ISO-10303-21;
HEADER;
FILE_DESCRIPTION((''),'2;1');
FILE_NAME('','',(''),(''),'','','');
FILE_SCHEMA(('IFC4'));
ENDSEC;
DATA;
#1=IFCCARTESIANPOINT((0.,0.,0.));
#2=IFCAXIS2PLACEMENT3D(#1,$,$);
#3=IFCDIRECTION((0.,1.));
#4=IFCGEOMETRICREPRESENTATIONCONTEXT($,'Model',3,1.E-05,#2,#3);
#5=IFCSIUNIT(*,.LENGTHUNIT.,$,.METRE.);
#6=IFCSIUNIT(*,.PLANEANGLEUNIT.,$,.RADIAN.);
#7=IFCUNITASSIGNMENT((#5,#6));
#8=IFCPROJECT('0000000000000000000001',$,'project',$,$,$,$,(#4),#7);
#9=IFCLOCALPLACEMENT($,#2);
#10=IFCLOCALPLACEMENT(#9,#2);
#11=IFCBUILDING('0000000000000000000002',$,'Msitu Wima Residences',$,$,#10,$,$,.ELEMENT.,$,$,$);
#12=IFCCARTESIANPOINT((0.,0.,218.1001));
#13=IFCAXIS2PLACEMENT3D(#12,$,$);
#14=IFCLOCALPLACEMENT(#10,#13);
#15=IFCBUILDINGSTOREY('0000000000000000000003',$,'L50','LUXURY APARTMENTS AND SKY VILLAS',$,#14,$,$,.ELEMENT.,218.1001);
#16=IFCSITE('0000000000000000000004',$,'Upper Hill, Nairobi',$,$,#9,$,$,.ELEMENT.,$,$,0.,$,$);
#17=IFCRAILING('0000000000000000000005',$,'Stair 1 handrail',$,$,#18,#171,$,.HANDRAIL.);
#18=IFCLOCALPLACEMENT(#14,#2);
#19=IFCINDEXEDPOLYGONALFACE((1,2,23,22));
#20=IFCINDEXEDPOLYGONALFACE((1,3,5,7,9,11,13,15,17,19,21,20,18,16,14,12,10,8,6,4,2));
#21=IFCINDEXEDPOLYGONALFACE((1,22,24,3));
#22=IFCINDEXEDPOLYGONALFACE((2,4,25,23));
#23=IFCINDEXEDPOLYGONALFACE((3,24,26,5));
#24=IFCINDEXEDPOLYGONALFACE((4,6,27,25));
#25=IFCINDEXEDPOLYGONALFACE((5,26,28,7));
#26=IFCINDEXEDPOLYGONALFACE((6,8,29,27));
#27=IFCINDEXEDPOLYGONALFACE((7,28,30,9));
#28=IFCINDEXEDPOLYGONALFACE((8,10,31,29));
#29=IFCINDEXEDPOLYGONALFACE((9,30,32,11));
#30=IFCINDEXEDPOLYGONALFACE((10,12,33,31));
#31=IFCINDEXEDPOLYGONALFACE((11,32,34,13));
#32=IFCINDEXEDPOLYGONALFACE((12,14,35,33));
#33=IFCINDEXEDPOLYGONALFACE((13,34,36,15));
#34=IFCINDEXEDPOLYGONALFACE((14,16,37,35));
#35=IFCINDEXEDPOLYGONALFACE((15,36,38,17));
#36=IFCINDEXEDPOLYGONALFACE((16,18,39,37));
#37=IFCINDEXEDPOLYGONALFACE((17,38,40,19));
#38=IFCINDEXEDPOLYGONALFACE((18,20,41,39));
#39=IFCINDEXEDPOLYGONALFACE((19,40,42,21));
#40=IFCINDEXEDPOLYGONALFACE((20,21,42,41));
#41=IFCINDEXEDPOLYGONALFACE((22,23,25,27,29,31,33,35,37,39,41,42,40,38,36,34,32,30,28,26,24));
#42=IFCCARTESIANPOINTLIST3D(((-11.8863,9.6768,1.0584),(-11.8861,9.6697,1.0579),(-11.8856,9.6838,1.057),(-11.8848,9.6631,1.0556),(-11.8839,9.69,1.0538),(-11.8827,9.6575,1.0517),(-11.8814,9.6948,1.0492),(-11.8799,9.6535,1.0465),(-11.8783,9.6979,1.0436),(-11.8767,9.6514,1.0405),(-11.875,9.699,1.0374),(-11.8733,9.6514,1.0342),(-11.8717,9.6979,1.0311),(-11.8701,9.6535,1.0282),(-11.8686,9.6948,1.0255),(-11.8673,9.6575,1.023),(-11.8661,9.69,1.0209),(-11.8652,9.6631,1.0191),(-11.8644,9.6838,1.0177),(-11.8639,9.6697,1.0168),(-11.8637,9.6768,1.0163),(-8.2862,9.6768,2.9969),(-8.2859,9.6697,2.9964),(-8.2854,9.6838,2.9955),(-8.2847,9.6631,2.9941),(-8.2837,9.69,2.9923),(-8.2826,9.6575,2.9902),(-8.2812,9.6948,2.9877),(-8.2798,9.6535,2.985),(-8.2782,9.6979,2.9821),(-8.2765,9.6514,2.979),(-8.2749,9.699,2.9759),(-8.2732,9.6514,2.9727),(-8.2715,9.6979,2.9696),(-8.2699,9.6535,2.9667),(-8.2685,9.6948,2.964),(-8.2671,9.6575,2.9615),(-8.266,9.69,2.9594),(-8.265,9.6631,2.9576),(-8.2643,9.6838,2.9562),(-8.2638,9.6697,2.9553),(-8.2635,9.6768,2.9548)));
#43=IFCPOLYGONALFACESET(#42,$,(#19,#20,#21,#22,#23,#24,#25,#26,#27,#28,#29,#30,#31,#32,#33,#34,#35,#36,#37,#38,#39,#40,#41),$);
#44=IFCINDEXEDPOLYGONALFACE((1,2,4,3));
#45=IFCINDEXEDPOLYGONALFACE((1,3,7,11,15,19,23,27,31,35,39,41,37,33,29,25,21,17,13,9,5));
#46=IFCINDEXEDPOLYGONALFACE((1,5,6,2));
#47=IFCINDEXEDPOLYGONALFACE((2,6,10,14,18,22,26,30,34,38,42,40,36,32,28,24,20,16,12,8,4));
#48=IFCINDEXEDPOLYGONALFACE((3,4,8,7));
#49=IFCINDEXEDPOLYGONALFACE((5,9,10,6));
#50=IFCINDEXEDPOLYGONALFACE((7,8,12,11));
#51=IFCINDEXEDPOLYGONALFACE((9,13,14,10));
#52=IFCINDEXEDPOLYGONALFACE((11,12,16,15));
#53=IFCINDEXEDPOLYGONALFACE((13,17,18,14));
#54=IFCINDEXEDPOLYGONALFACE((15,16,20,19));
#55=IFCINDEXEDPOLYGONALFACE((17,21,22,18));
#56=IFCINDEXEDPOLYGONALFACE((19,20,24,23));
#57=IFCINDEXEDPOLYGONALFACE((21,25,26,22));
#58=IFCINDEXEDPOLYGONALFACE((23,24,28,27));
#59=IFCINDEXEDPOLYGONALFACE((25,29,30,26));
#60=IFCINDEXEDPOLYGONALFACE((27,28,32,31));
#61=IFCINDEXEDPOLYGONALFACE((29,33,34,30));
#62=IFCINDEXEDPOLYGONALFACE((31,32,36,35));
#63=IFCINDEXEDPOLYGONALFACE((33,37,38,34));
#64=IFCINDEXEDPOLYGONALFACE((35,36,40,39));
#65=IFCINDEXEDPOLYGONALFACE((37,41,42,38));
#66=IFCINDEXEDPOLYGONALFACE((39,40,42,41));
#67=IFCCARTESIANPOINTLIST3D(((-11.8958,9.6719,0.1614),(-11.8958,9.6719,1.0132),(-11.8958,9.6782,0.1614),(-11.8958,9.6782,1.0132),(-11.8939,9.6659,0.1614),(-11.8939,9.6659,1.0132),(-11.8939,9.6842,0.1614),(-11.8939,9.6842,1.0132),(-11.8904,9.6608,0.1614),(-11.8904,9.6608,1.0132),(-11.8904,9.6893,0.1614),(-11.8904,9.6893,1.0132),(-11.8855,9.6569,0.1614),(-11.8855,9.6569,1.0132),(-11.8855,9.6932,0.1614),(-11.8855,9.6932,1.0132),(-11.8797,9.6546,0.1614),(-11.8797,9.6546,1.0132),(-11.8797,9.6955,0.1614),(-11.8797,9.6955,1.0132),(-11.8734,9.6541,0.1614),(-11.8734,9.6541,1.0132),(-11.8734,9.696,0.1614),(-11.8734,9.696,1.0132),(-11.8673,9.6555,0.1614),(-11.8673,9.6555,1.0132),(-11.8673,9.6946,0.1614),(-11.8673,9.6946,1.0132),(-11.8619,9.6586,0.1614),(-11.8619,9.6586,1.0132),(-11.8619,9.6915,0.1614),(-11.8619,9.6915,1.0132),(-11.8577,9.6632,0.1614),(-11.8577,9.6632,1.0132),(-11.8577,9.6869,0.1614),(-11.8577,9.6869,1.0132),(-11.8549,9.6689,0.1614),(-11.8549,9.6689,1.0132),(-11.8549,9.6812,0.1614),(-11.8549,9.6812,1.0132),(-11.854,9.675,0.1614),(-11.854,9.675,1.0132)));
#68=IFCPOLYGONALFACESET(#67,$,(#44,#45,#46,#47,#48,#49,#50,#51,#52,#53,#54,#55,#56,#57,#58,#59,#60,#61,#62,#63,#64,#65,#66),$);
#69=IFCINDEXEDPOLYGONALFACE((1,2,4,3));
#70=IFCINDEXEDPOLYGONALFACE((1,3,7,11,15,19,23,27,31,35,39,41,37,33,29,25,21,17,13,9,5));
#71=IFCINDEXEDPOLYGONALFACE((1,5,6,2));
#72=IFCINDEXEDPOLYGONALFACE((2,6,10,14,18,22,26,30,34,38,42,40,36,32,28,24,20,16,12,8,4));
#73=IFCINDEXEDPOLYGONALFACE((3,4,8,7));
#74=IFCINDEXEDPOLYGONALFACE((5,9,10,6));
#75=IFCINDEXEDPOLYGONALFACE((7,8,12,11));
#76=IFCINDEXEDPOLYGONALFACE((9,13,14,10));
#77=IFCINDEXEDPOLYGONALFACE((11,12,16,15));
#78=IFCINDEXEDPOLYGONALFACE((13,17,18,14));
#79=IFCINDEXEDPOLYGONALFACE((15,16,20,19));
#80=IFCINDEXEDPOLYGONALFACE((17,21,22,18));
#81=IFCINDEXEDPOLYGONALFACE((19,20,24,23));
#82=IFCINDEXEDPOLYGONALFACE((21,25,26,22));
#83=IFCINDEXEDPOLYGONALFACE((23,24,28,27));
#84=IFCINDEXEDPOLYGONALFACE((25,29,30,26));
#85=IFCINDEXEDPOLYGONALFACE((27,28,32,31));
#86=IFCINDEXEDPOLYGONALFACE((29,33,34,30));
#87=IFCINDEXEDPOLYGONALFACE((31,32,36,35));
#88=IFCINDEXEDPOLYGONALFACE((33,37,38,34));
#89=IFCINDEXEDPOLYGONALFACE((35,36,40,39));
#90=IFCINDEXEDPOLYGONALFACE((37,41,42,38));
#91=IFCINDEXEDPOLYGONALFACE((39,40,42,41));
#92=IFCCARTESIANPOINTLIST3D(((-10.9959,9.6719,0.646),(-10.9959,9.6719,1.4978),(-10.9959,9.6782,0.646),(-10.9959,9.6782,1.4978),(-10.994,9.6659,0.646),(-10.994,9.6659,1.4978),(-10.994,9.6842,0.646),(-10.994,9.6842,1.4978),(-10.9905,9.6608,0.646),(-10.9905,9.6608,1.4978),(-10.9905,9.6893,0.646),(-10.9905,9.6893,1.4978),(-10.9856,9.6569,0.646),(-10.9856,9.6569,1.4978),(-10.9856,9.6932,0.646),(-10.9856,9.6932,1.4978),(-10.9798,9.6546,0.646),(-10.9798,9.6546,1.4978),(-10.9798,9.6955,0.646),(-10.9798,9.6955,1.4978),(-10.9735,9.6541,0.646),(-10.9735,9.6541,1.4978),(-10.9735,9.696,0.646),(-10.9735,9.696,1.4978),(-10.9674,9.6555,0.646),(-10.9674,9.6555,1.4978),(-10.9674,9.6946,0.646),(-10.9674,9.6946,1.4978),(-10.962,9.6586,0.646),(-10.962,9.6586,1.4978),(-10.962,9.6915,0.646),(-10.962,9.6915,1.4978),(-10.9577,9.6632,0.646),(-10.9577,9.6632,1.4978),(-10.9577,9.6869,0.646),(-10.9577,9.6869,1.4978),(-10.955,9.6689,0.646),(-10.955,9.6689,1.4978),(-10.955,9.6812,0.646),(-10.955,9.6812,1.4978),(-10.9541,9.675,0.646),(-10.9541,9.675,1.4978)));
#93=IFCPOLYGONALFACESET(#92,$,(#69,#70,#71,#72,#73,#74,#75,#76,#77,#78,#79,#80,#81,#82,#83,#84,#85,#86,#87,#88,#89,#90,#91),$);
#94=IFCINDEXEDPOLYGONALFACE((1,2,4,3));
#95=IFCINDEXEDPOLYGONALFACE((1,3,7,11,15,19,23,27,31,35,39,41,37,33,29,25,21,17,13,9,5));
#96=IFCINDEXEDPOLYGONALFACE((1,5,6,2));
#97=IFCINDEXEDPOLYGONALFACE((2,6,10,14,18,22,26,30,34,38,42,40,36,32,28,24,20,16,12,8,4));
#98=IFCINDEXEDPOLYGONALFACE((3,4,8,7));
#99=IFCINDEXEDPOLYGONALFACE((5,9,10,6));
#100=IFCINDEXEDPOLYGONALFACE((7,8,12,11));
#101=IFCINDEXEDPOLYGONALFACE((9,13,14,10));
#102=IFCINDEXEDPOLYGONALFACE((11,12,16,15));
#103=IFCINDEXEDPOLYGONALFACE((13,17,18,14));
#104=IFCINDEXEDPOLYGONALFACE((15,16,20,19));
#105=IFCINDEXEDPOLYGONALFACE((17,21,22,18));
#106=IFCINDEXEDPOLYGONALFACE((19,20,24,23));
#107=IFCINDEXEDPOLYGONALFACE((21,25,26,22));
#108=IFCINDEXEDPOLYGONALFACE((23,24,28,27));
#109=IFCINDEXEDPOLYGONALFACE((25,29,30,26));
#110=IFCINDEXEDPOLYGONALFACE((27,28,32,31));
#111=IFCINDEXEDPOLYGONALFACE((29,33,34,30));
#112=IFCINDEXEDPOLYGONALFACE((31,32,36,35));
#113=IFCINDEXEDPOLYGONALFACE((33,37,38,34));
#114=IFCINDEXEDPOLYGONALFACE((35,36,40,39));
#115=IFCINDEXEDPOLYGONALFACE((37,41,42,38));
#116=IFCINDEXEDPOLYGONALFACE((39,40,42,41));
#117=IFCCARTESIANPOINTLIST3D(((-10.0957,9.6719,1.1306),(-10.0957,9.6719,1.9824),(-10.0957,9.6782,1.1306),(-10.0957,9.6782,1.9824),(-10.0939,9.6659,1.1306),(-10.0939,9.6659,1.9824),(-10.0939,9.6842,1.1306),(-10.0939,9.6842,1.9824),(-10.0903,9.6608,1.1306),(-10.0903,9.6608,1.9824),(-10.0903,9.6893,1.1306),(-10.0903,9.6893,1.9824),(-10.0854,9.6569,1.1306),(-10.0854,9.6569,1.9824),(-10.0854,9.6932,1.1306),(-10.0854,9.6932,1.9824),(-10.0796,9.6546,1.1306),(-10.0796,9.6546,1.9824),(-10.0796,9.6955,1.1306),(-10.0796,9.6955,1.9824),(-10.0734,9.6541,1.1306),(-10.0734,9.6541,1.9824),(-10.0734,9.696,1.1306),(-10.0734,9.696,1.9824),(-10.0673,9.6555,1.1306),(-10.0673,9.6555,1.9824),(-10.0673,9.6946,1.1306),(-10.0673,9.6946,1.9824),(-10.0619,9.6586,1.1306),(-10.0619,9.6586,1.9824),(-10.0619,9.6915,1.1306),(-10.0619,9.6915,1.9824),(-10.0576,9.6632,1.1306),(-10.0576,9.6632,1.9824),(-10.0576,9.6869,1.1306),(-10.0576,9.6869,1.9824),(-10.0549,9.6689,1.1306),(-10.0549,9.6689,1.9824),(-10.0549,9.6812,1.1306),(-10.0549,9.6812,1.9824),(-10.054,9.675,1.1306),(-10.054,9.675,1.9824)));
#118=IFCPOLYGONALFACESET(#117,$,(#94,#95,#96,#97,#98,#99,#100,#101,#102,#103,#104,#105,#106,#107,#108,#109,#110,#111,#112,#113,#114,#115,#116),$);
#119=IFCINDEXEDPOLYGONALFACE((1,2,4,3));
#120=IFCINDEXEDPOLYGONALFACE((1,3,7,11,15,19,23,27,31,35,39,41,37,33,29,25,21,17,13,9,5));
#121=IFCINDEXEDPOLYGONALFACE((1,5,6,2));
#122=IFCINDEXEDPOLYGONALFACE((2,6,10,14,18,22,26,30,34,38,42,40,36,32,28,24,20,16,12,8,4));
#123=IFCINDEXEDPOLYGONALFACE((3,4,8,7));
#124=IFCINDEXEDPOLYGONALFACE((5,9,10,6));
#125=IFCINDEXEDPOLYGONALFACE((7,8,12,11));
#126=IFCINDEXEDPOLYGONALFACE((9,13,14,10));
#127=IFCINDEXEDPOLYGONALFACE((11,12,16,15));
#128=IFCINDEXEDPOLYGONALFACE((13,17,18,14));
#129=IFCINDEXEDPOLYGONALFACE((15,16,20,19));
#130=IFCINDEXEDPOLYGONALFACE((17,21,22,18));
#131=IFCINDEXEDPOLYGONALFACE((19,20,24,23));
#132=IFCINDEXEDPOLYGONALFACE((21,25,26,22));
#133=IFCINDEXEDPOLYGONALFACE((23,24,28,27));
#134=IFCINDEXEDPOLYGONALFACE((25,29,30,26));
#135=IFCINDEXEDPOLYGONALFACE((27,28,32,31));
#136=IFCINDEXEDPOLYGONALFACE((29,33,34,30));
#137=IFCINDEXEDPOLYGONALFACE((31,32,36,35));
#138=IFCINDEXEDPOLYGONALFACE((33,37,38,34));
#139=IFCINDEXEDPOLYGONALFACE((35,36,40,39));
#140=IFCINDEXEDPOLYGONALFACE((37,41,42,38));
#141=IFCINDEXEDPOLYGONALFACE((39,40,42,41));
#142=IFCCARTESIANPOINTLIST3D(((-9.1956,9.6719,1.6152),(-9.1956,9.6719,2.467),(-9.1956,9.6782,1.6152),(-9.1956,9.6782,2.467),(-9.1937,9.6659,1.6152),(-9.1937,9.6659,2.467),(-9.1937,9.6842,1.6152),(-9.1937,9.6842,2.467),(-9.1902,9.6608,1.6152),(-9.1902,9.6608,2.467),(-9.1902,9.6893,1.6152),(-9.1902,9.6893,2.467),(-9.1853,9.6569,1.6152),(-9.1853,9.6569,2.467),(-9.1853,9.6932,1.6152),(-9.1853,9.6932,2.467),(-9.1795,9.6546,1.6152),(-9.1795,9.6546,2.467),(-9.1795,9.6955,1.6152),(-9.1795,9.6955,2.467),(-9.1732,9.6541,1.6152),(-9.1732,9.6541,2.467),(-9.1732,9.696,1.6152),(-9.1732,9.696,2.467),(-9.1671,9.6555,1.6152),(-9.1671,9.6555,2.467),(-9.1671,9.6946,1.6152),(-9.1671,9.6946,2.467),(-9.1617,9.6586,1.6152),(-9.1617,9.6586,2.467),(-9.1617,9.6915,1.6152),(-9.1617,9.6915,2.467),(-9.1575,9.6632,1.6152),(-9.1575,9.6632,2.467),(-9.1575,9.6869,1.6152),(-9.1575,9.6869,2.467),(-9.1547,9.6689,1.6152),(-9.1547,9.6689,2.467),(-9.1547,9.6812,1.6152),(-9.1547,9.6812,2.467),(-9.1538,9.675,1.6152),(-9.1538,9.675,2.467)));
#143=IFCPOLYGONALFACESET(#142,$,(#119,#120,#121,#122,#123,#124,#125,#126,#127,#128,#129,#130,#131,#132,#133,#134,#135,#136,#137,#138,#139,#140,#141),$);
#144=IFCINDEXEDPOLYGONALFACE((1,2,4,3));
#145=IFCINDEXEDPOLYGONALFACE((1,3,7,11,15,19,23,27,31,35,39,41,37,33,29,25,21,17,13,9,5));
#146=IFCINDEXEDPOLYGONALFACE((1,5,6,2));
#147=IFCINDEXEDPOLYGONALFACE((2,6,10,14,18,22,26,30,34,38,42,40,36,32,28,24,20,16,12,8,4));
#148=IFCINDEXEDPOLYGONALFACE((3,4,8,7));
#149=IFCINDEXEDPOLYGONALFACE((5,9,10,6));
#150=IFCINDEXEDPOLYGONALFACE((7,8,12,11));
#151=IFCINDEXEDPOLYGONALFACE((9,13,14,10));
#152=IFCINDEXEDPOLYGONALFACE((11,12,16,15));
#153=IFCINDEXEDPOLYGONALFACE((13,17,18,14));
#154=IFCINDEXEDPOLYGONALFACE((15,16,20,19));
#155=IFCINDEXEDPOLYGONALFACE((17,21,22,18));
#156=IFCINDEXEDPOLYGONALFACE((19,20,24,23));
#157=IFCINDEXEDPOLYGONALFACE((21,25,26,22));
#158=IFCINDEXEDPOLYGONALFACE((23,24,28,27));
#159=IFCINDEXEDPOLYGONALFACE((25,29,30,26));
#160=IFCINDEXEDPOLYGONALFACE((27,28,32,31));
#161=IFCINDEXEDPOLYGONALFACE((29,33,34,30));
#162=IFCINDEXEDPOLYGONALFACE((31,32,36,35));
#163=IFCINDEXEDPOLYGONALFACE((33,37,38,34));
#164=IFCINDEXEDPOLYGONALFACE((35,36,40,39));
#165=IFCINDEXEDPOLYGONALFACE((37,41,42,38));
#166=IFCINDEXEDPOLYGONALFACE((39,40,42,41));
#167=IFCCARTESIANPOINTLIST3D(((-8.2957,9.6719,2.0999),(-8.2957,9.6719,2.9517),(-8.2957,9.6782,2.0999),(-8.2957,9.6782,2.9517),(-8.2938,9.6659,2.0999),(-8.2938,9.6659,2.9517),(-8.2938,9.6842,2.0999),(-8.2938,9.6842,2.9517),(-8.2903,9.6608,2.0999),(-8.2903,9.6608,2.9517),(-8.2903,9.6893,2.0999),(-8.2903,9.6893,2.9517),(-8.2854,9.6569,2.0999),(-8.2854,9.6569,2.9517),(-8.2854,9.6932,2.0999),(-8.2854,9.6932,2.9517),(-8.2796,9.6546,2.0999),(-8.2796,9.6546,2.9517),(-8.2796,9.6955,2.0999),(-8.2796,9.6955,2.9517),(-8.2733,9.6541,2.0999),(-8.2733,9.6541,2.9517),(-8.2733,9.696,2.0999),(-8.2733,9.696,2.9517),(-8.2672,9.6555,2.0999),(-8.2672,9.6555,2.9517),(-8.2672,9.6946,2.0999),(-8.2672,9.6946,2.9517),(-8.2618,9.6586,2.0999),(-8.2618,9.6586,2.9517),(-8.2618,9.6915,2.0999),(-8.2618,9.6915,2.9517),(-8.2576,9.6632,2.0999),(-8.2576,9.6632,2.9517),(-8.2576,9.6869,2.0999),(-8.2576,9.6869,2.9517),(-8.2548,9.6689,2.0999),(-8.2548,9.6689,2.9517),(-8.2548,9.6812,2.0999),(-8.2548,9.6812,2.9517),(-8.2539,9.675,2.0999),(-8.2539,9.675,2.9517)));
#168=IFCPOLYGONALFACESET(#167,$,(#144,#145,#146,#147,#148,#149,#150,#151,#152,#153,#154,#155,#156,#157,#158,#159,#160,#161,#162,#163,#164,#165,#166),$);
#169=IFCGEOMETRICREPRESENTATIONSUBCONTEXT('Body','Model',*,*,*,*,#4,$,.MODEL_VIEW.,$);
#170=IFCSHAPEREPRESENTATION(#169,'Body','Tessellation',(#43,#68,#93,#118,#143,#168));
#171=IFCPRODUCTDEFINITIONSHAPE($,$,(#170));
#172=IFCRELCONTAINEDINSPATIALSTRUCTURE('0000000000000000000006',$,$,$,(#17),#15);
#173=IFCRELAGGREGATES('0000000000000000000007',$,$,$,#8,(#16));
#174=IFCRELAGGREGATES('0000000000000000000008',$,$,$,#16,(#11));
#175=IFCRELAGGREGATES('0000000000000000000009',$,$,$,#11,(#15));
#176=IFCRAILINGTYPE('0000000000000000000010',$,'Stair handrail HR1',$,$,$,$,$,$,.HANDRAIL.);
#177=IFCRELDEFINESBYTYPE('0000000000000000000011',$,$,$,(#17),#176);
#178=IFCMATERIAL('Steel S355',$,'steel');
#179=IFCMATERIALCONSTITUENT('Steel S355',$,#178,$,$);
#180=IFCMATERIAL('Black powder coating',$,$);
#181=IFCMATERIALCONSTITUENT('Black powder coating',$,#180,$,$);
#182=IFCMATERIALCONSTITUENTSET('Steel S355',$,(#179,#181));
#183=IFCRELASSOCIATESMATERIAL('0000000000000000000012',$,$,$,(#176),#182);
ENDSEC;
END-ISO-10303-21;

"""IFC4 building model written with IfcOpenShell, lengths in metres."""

from ifc_helpers import new_model, si_unit, direction, frame, origin, origin_2d, place, context, subcontext, project, spatial, circle, extrude, material, constituent, constituent_set, type_object, element, save


model = new_model("IFC4")

# Units and contexts
model_context = context("Model", 3, precision=1e-05, world=origin(), true_north=direction((0.0, 1.0)))
body_context = subcontext(model_context, "Body", "Model", "MODEL_VIEW")
ifc_project = project(units=[si_unit("LENGTHUNIT", "METRE"), si_unit("PLANEANGLEUNIT", "RADIAN")], contexts=[model_context])

# Site, building, storey
site_placement = place(None, origin())
site = spatial("IfcSite", under=ifc_project, at=site_placement, Name="Upper Hill, Nairobi", CompositionType="ELEMENT", RefElevation=0.0)
building_placement = place(site_placement, origin())
building = spatial("IfcBuilding", under=site, at=building_placement, Name="Msitu Wima Residences", CompositionType="ELEMENT")
storey_placement = place(building_placement, frame((0.0, 0.0, 218.1001)))
storey = spatial("IfcBuildingStorey", under=building, at=storey_placement, Name="L50", Description="LUXURY APARTMENTS AND SKY VILLAS", CompositionType="ELEMENT", Elevation=218.1001)

# Railing
ifc_material_1 = material(Name="Steel S355", Category="steel")
ifc_constituent_1 = constituent(ifc_material_1, Name="Steel S355")
ifc_material_2 = material(Name="Black powder coating")
ifc_constituent_2 = constituent(ifc_material_2, Name="Black powder coating")
ifc_constituent_set = constituent_set(constituents=[ifc_constituent_1, ifc_constituent_2], Name="Steel S355")
railing_type = type_object("IfcRailingType", Name="Stair handrail HR1", PredefinedType="HANDRAIL", material=ifc_constituent_set)
railing_placement = place(storey_placement, frame((-11.875, 9.675, 0.1614)))
element("IfcRailing", 1, at=railing_placement, inside=storey, type_object=railing_type, Name="Stair 1 handrail", PredefinedType="HANDRAIL", context=body_context, shape_type="SweptSolid", body=[
    extrude(circle(Radius=0.0239, at=origin_2d()), frame((0.0, 0.0, 0.876), z_axis=(0.880475, 0.0, 0.474093), x_axis=(0.0, 1.0, 0.0)), (0.0, 0.0, 1.0), 4.0889),
    extrude(circle(Radius=0.021, at=origin_2d()), origin(), (0.0, 0.0, 1.0), 0.8518),
    extrude(circle(Radius=0.021, at=origin_2d()), frame((0.8999, 0.0, 0.4846)), (0.0, 0.0, 1.0), 0.8518),
    extrude(circle(Radius=0.021, at=origin_2d()), frame((1.8, 0.0, 0.9692)), (0.0, 0.0, 1.0), 0.8518),
    extrude(circle(Radius=0.021, at=origin_2d()), frame((2.7002, 0.0, 1.4539)), (0.0, 0.0, 1.0), 0.8518),
    extrude(circle(Radius=0.021, at=origin_2d()), frame((3.6001, 0.0, 1.9385)), (0.0, 0.0, 1.0), 0.8518),
])

save(model, "model.ifc")
